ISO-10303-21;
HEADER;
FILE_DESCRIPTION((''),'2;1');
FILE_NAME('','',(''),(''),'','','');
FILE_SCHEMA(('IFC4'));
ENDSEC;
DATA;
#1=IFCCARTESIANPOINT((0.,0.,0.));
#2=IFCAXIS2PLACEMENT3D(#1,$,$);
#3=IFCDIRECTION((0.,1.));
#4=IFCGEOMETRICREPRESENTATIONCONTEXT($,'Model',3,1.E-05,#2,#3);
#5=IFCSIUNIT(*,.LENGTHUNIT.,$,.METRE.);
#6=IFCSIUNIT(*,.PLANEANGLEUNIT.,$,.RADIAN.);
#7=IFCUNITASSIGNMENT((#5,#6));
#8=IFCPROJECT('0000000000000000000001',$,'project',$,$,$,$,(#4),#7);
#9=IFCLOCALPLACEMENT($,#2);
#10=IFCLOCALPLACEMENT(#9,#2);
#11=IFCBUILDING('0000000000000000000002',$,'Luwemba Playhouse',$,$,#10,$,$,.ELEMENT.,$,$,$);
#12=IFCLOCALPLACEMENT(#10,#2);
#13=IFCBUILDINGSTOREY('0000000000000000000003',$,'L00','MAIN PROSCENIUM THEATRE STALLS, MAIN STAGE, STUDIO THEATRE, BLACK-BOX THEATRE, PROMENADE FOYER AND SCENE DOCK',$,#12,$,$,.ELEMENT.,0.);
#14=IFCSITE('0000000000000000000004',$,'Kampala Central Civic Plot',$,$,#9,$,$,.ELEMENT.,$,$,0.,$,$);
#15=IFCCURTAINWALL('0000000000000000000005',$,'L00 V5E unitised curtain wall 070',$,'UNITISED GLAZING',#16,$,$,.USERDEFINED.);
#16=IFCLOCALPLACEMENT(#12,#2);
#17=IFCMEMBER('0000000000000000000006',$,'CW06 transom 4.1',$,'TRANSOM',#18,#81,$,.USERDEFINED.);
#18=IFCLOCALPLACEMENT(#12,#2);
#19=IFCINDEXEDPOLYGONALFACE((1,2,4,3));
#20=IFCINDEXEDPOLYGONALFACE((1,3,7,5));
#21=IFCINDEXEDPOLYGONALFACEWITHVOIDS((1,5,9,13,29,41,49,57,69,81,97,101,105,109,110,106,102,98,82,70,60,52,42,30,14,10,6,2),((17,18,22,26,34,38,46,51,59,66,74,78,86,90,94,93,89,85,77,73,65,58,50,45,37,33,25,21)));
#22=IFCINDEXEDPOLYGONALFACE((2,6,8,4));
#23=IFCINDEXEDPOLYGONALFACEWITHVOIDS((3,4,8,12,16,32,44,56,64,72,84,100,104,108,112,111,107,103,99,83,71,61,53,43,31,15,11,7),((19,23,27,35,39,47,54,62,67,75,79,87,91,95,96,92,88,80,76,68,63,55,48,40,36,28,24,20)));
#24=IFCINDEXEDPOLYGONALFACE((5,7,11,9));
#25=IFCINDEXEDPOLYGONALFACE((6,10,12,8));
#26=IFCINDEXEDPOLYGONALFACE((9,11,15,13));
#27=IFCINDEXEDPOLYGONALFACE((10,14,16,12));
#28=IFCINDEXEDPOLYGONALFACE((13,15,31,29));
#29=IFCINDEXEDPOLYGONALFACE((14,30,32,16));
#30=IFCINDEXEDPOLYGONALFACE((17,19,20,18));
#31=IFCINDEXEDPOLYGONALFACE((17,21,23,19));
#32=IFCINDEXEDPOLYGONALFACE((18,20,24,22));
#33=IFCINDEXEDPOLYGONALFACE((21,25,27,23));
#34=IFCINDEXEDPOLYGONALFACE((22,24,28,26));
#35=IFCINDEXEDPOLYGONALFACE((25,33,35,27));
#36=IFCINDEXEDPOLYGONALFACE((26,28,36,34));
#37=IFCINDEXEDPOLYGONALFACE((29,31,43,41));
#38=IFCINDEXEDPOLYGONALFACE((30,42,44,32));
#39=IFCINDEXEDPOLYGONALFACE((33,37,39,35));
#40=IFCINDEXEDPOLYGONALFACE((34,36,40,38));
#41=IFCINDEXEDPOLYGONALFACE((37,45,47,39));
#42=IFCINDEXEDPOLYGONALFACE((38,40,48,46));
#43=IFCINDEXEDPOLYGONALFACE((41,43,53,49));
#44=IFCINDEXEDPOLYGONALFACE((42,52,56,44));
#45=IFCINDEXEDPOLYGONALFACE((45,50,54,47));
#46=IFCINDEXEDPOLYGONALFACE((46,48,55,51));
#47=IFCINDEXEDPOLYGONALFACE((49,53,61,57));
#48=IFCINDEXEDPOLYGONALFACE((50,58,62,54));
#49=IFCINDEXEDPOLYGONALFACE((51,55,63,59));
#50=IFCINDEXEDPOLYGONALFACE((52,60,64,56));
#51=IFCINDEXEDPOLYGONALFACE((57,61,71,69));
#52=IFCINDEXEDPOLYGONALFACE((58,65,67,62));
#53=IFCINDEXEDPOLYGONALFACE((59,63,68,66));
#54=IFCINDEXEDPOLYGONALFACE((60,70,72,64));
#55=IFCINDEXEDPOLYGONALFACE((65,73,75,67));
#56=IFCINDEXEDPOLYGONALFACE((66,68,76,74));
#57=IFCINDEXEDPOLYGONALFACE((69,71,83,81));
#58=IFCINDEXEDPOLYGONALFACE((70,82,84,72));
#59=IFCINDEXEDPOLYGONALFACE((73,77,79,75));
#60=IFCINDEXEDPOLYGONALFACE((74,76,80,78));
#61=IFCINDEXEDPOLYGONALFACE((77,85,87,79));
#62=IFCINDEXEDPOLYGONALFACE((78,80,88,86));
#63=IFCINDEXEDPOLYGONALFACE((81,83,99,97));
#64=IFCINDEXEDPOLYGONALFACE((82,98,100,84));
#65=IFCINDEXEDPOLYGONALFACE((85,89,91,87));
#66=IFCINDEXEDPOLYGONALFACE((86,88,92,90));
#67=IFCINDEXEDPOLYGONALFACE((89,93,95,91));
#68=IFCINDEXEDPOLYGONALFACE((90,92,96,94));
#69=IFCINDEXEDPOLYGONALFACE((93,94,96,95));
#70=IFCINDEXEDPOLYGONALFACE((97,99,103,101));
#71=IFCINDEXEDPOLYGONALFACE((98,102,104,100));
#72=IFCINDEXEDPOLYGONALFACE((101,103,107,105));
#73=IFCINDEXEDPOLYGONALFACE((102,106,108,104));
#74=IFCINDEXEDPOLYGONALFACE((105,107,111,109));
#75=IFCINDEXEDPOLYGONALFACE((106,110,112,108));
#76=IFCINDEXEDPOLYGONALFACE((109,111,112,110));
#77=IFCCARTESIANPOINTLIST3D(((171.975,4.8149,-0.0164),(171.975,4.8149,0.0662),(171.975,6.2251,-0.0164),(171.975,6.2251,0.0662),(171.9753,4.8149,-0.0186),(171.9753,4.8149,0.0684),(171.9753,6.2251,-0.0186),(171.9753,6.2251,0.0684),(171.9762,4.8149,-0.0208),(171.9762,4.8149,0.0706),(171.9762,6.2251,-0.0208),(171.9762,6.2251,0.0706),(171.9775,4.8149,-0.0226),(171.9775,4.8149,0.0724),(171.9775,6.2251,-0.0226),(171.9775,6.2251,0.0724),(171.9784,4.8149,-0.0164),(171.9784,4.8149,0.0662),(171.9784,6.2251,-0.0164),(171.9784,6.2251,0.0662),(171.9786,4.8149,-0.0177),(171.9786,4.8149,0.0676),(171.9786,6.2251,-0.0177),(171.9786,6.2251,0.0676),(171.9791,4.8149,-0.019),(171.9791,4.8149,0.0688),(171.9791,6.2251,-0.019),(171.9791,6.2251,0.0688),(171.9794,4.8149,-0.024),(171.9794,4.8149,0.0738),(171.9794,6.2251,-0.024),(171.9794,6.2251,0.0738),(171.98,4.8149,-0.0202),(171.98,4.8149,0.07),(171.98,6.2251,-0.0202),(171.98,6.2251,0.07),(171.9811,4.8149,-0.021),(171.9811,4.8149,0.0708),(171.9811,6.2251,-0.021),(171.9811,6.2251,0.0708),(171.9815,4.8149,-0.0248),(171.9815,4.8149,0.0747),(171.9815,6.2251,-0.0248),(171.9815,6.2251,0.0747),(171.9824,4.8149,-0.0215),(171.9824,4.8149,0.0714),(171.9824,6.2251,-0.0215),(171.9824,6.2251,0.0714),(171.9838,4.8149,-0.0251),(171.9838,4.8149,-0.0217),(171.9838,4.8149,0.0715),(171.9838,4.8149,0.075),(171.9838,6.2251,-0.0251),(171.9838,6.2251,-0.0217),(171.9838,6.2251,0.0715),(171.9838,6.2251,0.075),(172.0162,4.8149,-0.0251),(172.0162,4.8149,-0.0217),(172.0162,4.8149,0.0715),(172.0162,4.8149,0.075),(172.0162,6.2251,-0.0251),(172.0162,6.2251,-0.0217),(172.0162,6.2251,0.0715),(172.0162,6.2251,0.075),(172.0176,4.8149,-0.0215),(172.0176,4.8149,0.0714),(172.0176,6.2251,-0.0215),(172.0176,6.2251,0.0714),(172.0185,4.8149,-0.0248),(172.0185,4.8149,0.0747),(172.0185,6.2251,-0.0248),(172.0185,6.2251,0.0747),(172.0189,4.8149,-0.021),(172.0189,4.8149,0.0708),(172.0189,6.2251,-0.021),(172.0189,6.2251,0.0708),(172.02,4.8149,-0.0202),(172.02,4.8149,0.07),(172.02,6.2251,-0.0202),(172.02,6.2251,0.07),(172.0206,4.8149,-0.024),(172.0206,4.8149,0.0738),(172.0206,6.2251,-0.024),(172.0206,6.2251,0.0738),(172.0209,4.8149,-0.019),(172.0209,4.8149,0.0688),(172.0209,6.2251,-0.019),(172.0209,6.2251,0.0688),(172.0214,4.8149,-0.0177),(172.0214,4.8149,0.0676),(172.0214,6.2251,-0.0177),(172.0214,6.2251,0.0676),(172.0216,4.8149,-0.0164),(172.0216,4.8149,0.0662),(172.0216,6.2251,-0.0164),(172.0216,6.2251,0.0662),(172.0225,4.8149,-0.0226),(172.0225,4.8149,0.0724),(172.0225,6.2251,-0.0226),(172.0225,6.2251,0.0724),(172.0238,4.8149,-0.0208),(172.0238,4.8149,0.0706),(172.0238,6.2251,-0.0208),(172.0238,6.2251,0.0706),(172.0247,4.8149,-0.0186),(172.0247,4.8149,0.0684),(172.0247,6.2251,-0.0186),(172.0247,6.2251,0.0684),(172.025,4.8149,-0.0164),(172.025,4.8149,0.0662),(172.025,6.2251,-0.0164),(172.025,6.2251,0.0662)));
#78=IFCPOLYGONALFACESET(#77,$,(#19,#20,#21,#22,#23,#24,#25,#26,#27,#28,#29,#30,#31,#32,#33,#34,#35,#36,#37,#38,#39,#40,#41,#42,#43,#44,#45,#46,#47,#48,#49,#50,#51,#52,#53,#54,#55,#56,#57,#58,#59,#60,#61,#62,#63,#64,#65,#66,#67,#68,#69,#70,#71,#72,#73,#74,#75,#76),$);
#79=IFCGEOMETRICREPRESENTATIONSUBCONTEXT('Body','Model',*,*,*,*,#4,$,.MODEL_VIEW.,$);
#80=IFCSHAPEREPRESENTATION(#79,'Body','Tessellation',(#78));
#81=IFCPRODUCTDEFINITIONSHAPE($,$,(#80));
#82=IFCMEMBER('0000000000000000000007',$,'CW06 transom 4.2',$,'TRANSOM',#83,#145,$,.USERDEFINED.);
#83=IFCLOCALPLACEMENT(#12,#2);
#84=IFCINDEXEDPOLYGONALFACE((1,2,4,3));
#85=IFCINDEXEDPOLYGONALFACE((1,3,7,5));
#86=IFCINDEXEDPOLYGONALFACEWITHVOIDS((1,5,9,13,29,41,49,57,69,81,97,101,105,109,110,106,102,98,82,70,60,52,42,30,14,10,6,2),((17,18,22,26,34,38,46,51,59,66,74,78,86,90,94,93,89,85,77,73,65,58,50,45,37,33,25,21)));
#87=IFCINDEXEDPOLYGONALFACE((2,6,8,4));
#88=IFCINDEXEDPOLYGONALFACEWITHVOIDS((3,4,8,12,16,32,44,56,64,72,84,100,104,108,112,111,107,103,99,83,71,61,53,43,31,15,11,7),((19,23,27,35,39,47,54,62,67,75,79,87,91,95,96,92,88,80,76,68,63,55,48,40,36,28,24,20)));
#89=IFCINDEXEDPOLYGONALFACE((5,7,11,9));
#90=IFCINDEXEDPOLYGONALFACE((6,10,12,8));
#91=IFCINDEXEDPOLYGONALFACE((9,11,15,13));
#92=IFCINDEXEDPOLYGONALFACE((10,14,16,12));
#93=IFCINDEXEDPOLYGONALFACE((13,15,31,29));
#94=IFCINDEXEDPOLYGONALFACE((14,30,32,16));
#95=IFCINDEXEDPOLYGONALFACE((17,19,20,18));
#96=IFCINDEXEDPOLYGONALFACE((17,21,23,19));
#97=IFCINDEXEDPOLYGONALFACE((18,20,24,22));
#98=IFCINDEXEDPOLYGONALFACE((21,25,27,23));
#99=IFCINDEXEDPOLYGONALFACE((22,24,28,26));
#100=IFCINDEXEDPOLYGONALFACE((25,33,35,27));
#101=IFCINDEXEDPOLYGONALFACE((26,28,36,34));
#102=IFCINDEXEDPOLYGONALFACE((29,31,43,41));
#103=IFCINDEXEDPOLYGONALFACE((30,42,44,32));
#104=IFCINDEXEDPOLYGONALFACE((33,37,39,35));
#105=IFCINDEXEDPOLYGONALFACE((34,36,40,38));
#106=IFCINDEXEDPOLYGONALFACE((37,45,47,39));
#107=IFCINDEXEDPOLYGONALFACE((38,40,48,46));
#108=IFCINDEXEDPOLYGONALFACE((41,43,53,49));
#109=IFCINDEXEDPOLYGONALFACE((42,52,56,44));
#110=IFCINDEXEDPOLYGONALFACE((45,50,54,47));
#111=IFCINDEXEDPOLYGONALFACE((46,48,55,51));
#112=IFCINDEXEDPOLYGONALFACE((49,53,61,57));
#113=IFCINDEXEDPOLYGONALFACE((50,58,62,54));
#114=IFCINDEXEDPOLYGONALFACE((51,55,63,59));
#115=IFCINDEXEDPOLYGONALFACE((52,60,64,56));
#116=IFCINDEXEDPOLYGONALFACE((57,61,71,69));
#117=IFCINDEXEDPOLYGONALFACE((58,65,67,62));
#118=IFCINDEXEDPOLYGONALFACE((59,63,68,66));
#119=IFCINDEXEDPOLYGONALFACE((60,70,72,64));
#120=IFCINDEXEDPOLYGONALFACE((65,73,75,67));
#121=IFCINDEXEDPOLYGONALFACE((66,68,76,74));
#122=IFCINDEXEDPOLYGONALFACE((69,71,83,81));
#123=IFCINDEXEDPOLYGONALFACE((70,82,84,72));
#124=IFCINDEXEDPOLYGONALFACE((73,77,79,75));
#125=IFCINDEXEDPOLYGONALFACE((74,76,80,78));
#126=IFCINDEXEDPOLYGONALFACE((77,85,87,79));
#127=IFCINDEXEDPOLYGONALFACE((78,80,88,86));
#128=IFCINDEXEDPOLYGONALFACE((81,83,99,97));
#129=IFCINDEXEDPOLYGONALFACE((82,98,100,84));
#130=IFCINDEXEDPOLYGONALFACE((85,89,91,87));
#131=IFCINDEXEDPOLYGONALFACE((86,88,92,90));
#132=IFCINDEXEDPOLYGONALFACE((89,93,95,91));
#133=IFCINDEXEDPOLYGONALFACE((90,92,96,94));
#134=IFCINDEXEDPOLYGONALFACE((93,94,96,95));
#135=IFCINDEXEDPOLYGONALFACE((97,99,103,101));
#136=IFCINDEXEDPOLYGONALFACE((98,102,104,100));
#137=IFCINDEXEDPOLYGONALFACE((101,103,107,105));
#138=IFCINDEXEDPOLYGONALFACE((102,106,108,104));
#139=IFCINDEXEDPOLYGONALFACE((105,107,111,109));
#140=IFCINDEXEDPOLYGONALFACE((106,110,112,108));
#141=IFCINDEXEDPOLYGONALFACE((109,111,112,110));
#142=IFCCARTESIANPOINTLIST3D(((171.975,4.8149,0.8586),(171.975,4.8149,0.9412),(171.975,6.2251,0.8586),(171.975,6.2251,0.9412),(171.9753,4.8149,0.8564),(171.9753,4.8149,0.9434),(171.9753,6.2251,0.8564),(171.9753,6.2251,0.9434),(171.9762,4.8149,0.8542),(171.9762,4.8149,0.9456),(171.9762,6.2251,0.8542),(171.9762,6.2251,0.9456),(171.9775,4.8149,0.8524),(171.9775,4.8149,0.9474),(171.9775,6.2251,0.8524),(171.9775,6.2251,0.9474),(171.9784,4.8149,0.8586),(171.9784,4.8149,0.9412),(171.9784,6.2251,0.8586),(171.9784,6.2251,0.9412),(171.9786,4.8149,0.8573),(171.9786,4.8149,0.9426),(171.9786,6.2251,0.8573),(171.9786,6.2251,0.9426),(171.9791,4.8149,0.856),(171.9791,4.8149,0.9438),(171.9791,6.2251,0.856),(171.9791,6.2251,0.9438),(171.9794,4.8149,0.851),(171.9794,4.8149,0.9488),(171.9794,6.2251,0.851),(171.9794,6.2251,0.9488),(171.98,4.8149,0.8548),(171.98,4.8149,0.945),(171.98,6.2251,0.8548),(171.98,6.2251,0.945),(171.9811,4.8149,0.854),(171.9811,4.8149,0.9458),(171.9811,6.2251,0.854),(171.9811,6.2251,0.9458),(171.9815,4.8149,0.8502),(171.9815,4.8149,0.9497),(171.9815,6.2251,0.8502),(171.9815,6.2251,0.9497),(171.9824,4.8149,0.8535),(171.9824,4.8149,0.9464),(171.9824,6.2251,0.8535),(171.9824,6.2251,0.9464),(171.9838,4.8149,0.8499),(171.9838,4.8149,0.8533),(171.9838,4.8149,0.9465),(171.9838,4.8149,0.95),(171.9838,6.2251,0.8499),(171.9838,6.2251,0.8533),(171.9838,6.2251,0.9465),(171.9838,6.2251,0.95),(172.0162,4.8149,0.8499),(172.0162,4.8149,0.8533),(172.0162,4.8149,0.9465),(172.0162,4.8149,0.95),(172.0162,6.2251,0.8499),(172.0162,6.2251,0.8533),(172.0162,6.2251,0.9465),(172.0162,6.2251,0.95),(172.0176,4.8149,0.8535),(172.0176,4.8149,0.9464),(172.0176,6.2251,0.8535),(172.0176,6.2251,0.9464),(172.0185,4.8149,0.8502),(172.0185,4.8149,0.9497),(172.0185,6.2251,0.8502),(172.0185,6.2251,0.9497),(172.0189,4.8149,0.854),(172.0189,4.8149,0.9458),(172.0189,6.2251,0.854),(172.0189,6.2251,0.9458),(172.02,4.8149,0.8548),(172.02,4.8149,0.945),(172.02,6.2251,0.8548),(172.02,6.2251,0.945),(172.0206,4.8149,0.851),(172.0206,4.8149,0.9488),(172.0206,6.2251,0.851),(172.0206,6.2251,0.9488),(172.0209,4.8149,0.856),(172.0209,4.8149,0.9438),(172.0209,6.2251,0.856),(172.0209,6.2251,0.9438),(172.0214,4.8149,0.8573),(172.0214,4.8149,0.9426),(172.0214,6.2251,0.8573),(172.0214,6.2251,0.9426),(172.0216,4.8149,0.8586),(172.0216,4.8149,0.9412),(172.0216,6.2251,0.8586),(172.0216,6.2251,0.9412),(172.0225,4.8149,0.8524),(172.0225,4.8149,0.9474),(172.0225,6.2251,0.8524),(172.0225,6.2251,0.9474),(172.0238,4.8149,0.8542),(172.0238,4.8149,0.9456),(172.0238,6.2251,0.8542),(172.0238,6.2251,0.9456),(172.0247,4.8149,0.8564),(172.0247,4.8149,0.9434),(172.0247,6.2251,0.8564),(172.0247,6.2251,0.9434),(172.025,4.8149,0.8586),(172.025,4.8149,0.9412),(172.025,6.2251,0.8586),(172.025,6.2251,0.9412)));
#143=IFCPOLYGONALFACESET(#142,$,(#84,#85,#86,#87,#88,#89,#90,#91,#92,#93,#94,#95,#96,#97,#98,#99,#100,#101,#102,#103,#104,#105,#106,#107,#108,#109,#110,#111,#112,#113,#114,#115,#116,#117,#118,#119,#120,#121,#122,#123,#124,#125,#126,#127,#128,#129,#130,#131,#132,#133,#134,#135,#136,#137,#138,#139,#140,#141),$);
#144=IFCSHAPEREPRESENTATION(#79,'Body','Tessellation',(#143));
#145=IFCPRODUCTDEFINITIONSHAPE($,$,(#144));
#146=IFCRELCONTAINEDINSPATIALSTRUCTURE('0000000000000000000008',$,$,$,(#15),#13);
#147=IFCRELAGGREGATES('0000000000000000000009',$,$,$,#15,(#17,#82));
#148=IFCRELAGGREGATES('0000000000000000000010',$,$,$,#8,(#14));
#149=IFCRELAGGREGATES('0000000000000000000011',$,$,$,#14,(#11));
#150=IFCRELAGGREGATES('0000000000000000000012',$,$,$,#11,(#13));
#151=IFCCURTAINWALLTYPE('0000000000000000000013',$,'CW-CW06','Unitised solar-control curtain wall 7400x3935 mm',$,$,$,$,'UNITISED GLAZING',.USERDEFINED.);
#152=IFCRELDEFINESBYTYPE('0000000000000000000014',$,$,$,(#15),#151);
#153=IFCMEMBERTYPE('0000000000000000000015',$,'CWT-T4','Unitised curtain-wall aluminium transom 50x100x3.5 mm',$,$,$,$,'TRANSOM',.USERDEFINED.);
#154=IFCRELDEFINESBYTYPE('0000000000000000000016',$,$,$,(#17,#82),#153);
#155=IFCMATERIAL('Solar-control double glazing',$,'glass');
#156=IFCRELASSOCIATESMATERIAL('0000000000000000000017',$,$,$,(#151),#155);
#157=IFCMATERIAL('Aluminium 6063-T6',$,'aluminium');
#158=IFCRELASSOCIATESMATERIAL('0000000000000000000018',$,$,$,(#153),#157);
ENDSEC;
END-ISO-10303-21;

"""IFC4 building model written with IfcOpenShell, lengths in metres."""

from ifc_helpers import new_model, si_unit, direction, frame, origin, origin_2d, place, context, subcontext, project, spatial, hollow_rectangle, extrude, material, material_profile, profile_set, type_object, element, aggregate, save


model = new_model("IFC4")

# Units and contexts
model_context = context("Model", 3, precision=1e-05, world=origin(), true_north=direction((0.0, 1.0)))
body_context = subcontext(model_context, "Body", "Model", "MODEL_VIEW")
ifc_project = project(units=[si_unit("LENGTHUNIT", "METRE"), si_unit("PLANEANGLEUNIT", "RADIAN")], contexts=[model_context])

# Site, building, storey
site_placement = place(None, origin())
site = spatial("IfcSite", under=ifc_project, at=site_placement, Name="Kampala Central Civic Plot", CompositionType="ELEMENT", RefElevation=0.0)
building_placement = place(site_placement, origin())
building = spatial("IfcBuilding", under=site, at=building_placement, Name="Luwemba Playhouse", CompositionType="ELEMENT")
storey_placement = place(building_placement, origin())
storey = spatial("IfcBuildingStorey", under=building, at=storey_placement, Name="L00", Description="MAIN PROSCENIUM THEATRE STALLS, MAIN STAGE, STUDIO THEATRE, BLACK-BOX THEATRE, PROMENADE FOYER AND SCENE DOCK", CompositionType="ELEMENT", Elevation=0.0)

# Curtain wall, members
ifc_material_1 = material(Name="Solar-control double glazing", Category="glass")
curtain_wall_type = type_object("IfcCurtainWallType", Name="CW-CW06", Description="Unitised solar-control curtain wall 7400x3935 mm", ElementType="UNITISED GLAZING", PredefinedType="USERDEFINED", material=ifc_material_1)
curtain_wall_placement = place(storey_placement, origin())
curtain_wall = element("IfcCurtainWall", 1, at=curtain_wall_placement, inside=storey, type_object=curtain_wall_type, Name="L00 V5E unitised curtain wall 070", ObjectType="UNITISED GLAZING", PredefinedType="USERDEFINED")
ifc_material_2 = material(Name="Aluminium 6063-T6", Category="aluminium")
ifc_material_profile_1 = material_profile(ifc_material_2, hollow_rectangle(XDim=0.05, YDim=0.1001, WallThickness=0.0034, InnerFilletRadius=0.0054, OuterFilletRadius=0.0088, at=origin_2d()))
ifc_profile_set_1 = profile_set([ifc_material_profile_1], Name="Aluminium 6063-T6")
member_type_1 = type_object("IfcMemberType", Name="CWT-T4", Description="Unitised curtain-wall aluminium transom 50x100x3.5 mm", ElementType="TRANSOM", PredefinedType="USERDEFINED", material=ifc_profile_set_1)
member_1_placement = place(storey_placement, frame((172.0, 6.2251, 0.0249), z_axis=(0.0, -1.0, 0.0), x_axis=(1.0, 0.0, 0.0)))
member_1 = element("IfcMember", 2, at=member_1_placement, type_object=member_type_1, Name="CW06 transom 4.1", ObjectType="TRANSOM", PredefinedType="USERDEFINED", context=body_context, shape_type="SweptSolid", body=[
    extrude(hollow_rectangle(XDim=0.05, YDim=0.1001, WallThickness=0.0034, InnerFilletRadius=0.0054, OuterFilletRadius=0.0088, at=origin_2d()), origin(), (0.0, 0.0, 1.0), 1.4102),
])
member_2_placement = place(storey_placement, frame((172.0, 6.2251, 0.8999), z_axis=(0.0, -1.0, 0.0), x_axis=(1.0, 0.0, 0.0)))
member_2 = element("IfcMember", 3, at=member_2_placement, type_object=member_type_1, Name="CW06 transom 4.2", ObjectType="TRANSOM", PredefinedType="USERDEFINED", context=body_context, shape_type="SweptSolid", body=[
    extrude(hollow_rectangle(XDim=0.05, YDim=0.1001, WallThickness=0.0034, InnerFilletRadius=0.0054, OuterFilletRadius=0.0088, at=origin_2d()), origin(), (0.0, 0.0, 1.0), 1.4102),
])
aggregate(curtain_wall, [member_1, member_2])

save(model, "model.ifc")
